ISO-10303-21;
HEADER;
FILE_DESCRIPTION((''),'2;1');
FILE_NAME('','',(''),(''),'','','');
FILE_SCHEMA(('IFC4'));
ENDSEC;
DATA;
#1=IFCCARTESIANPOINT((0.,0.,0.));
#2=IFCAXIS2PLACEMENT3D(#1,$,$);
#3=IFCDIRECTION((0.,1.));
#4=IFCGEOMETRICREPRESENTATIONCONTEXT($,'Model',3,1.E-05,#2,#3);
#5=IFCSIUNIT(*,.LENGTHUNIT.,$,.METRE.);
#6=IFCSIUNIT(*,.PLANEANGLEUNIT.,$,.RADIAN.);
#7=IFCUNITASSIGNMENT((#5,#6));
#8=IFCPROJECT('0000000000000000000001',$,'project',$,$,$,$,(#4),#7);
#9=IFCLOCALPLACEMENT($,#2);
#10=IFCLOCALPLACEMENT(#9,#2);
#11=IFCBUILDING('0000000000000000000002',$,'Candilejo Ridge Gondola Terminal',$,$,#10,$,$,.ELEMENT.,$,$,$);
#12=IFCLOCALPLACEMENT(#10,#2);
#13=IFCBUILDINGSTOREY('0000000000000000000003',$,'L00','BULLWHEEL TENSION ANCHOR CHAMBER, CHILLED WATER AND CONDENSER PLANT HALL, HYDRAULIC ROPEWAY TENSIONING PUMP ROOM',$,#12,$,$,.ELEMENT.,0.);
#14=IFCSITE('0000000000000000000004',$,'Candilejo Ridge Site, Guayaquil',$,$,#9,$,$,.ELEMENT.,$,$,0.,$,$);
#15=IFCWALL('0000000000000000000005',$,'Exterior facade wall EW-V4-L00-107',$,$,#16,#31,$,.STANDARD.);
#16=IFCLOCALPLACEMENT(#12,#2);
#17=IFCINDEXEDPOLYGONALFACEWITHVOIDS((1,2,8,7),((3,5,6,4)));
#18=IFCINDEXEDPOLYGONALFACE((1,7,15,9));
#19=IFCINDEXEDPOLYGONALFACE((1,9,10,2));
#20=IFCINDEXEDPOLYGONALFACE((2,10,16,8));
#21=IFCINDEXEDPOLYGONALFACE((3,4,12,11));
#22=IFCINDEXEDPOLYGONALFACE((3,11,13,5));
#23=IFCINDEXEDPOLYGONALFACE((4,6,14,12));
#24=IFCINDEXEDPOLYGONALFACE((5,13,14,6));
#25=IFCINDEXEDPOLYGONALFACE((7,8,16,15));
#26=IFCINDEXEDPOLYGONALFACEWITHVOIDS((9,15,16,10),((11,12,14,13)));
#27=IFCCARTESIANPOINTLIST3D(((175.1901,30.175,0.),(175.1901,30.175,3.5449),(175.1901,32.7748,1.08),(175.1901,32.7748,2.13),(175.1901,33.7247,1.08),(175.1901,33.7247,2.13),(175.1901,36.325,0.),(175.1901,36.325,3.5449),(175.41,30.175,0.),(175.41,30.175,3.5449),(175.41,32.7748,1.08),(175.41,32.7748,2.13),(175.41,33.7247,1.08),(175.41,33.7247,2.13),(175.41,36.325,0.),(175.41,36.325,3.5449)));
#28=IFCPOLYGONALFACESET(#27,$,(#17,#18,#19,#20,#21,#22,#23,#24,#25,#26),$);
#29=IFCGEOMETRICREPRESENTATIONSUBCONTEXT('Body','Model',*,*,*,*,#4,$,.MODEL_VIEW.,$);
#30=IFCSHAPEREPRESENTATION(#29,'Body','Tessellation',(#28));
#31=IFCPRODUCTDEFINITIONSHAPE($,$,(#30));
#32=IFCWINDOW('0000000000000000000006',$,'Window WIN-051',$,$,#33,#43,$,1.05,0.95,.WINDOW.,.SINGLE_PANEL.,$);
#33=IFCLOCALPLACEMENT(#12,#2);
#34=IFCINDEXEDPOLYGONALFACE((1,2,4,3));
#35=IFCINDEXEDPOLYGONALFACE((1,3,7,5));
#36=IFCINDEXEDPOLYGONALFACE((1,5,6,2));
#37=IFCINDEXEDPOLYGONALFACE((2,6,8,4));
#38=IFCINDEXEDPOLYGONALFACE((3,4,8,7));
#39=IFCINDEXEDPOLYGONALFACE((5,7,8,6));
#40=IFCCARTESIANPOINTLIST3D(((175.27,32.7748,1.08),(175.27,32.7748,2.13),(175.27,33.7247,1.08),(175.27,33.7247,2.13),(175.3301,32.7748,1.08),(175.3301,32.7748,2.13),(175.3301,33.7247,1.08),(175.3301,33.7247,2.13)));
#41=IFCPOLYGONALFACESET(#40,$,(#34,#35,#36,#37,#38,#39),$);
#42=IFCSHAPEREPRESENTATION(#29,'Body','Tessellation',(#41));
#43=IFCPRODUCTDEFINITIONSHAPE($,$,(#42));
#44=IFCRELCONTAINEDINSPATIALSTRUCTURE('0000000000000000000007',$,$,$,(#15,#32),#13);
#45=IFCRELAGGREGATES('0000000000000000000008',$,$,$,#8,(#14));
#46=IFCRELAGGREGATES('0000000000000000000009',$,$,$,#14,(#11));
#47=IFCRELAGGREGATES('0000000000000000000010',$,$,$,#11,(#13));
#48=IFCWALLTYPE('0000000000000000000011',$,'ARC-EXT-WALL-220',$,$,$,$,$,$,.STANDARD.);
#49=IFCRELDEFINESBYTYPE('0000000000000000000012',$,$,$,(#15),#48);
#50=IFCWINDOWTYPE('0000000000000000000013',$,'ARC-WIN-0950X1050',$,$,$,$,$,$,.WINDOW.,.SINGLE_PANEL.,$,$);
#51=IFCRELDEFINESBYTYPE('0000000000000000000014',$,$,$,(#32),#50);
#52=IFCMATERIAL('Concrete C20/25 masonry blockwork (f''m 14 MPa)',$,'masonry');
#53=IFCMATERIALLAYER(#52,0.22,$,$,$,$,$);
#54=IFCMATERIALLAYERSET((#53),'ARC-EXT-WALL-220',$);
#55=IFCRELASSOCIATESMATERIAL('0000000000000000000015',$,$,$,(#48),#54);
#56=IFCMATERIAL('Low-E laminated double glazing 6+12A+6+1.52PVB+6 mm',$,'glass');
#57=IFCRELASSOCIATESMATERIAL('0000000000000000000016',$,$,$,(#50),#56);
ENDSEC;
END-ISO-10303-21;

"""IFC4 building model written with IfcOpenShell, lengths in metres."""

from ifc_helpers import new_model, si_unit, direction, frame, frame_2d, origin, place, context, subcontext, project, spatial, rectangle, extrude, material, layer, layer_set, type_object, element, fill, save


model = new_model("IFC4")

# Units and contexts
model_context = context("Model", 3, precision=1e-05, world=origin(), true_north=direction((0.0, 1.0)))
body_context = subcontext(model_context, "Body", "Model", "MODEL_VIEW")
ifc_project = project(units=[si_unit("LENGTHUNIT", "METRE"), si_unit("PLANEANGLEUNIT", "RADIAN")], contexts=[model_context])

# Site, building, storey
site_placement = place(None, origin())
site = spatial("IfcSite", under=ifc_project, at=site_placement, Name="Candilejo Ridge Site, Guayaquil", CompositionType="ELEMENT", RefElevation=0.0)
building_placement = place(site_placement, origin())
building = spatial("IfcBuilding", under=site, at=building_placement, Name="Candilejo Ridge Gondola Terminal", CompositionType="ELEMENT")
storey_placement = place(building_placement, origin())
storey = spatial("IfcBuildingStorey", under=building, at=storey_placement, Name="L00", Description="BULLWHEEL TENSION ANCHOR CHAMBER, CHILLED WATER AND CONDENSER PLANT HALL, HYDRAULIC ROPEWAY TENSIONING PUMP ROOM", CompositionType="ELEMENT", Elevation=0.0)

# Shared definitions
ifc_material_1 = material(Name="Concrete C20/25 masonry blockwork (f'm 14 MPa)", Category="masonry")
ifc_layer = layer(ifc_material_1, 0.22)
ifc_layer_set = layer_set([ifc_layer], Name="ARC-EXT-WALL-220")
wall_type = type_object("IfcWallType", Name="ARC-EXT-WALL-220", PredefinedType="STANDARD", material=ifc_layer_set)

# Wall, opening, window
wall_1_placement = place(storey_placement, frame((175.3, 36.325, 0.0), z_axis=(0.0, 0.0, 1.0), x_axis=(0.0, -1.0, 0.0)))
wall_1 = element("IfcWall", 1, at=wall_1_placement, inside=storey, type_object=wall_type, Name="Exterior facade wall EW-V4-L00-107", PredefinedType="STANDARD", context=body_context, shape_type="SweptSolid", body=[
    extrude(rectangle(XDim=6.1499, YDim=0.22, at=frame_2d((3.075, 0.0))), origin(), (0.0, 0.0, 1.0), 3.5449),
])
opening_placement = place(wall_1_placement, frame((2.6001, 0.0, 1.0801)))
opening = element("IfcOpeningElement", 2, at=opening_placement, cuts=wall_1, PredefinedType="OPENING", context=body_context, shape_type="SweptSolid", body=[
    extrude(rectangle(XDim=0.95, YDim=1.05, at=frame_2d((0.4751, 0.5249))), frame((0.0, 0.1199, 0.0), z_axis=(0.0, -1.0, 0.0), x_axis=(1.0, 0.0, 0.0)), (0.0, 0.0, 1.0), 0.24),
])
ifc_material_2 = material(Name="Low-E laminated double glazing 6+12A+6+1.52PVB+6 mm", Category="glass")
window_type = type_object("IfcWindowType", Name="ARC-WIN-0950X1050", PartitioningType="SINGLE_PANEL", PredefinedType="WINDOW", material=ifc_material_2)
window_placement = place(opening_placement, origin())
window = element("IfcWindow", 3, at=window_placement, inside=storey, type_object=window_type, Name="Window WIN-051", OverallHeight=1.05, OverallWidth=0.95, PartitioningType="SINGLE_PANEL", PredefinedType="WINDOW", context=body_context, shape_type="SweptSolid", body=[
    extrude(rectangle(XDim=0.95, YDim=1.05, at=frame_2d((0.4751, 0.5249))), frame((0.0, 0.03, 0.0), z_axis=(0.0, -1.0, 0.0), x_axis=(1.0, 0.0, 0.0)), (0.0, 0.0, 1.0), 0.0601),
])
fill(opening, window)

save(model, "model.ifc")
